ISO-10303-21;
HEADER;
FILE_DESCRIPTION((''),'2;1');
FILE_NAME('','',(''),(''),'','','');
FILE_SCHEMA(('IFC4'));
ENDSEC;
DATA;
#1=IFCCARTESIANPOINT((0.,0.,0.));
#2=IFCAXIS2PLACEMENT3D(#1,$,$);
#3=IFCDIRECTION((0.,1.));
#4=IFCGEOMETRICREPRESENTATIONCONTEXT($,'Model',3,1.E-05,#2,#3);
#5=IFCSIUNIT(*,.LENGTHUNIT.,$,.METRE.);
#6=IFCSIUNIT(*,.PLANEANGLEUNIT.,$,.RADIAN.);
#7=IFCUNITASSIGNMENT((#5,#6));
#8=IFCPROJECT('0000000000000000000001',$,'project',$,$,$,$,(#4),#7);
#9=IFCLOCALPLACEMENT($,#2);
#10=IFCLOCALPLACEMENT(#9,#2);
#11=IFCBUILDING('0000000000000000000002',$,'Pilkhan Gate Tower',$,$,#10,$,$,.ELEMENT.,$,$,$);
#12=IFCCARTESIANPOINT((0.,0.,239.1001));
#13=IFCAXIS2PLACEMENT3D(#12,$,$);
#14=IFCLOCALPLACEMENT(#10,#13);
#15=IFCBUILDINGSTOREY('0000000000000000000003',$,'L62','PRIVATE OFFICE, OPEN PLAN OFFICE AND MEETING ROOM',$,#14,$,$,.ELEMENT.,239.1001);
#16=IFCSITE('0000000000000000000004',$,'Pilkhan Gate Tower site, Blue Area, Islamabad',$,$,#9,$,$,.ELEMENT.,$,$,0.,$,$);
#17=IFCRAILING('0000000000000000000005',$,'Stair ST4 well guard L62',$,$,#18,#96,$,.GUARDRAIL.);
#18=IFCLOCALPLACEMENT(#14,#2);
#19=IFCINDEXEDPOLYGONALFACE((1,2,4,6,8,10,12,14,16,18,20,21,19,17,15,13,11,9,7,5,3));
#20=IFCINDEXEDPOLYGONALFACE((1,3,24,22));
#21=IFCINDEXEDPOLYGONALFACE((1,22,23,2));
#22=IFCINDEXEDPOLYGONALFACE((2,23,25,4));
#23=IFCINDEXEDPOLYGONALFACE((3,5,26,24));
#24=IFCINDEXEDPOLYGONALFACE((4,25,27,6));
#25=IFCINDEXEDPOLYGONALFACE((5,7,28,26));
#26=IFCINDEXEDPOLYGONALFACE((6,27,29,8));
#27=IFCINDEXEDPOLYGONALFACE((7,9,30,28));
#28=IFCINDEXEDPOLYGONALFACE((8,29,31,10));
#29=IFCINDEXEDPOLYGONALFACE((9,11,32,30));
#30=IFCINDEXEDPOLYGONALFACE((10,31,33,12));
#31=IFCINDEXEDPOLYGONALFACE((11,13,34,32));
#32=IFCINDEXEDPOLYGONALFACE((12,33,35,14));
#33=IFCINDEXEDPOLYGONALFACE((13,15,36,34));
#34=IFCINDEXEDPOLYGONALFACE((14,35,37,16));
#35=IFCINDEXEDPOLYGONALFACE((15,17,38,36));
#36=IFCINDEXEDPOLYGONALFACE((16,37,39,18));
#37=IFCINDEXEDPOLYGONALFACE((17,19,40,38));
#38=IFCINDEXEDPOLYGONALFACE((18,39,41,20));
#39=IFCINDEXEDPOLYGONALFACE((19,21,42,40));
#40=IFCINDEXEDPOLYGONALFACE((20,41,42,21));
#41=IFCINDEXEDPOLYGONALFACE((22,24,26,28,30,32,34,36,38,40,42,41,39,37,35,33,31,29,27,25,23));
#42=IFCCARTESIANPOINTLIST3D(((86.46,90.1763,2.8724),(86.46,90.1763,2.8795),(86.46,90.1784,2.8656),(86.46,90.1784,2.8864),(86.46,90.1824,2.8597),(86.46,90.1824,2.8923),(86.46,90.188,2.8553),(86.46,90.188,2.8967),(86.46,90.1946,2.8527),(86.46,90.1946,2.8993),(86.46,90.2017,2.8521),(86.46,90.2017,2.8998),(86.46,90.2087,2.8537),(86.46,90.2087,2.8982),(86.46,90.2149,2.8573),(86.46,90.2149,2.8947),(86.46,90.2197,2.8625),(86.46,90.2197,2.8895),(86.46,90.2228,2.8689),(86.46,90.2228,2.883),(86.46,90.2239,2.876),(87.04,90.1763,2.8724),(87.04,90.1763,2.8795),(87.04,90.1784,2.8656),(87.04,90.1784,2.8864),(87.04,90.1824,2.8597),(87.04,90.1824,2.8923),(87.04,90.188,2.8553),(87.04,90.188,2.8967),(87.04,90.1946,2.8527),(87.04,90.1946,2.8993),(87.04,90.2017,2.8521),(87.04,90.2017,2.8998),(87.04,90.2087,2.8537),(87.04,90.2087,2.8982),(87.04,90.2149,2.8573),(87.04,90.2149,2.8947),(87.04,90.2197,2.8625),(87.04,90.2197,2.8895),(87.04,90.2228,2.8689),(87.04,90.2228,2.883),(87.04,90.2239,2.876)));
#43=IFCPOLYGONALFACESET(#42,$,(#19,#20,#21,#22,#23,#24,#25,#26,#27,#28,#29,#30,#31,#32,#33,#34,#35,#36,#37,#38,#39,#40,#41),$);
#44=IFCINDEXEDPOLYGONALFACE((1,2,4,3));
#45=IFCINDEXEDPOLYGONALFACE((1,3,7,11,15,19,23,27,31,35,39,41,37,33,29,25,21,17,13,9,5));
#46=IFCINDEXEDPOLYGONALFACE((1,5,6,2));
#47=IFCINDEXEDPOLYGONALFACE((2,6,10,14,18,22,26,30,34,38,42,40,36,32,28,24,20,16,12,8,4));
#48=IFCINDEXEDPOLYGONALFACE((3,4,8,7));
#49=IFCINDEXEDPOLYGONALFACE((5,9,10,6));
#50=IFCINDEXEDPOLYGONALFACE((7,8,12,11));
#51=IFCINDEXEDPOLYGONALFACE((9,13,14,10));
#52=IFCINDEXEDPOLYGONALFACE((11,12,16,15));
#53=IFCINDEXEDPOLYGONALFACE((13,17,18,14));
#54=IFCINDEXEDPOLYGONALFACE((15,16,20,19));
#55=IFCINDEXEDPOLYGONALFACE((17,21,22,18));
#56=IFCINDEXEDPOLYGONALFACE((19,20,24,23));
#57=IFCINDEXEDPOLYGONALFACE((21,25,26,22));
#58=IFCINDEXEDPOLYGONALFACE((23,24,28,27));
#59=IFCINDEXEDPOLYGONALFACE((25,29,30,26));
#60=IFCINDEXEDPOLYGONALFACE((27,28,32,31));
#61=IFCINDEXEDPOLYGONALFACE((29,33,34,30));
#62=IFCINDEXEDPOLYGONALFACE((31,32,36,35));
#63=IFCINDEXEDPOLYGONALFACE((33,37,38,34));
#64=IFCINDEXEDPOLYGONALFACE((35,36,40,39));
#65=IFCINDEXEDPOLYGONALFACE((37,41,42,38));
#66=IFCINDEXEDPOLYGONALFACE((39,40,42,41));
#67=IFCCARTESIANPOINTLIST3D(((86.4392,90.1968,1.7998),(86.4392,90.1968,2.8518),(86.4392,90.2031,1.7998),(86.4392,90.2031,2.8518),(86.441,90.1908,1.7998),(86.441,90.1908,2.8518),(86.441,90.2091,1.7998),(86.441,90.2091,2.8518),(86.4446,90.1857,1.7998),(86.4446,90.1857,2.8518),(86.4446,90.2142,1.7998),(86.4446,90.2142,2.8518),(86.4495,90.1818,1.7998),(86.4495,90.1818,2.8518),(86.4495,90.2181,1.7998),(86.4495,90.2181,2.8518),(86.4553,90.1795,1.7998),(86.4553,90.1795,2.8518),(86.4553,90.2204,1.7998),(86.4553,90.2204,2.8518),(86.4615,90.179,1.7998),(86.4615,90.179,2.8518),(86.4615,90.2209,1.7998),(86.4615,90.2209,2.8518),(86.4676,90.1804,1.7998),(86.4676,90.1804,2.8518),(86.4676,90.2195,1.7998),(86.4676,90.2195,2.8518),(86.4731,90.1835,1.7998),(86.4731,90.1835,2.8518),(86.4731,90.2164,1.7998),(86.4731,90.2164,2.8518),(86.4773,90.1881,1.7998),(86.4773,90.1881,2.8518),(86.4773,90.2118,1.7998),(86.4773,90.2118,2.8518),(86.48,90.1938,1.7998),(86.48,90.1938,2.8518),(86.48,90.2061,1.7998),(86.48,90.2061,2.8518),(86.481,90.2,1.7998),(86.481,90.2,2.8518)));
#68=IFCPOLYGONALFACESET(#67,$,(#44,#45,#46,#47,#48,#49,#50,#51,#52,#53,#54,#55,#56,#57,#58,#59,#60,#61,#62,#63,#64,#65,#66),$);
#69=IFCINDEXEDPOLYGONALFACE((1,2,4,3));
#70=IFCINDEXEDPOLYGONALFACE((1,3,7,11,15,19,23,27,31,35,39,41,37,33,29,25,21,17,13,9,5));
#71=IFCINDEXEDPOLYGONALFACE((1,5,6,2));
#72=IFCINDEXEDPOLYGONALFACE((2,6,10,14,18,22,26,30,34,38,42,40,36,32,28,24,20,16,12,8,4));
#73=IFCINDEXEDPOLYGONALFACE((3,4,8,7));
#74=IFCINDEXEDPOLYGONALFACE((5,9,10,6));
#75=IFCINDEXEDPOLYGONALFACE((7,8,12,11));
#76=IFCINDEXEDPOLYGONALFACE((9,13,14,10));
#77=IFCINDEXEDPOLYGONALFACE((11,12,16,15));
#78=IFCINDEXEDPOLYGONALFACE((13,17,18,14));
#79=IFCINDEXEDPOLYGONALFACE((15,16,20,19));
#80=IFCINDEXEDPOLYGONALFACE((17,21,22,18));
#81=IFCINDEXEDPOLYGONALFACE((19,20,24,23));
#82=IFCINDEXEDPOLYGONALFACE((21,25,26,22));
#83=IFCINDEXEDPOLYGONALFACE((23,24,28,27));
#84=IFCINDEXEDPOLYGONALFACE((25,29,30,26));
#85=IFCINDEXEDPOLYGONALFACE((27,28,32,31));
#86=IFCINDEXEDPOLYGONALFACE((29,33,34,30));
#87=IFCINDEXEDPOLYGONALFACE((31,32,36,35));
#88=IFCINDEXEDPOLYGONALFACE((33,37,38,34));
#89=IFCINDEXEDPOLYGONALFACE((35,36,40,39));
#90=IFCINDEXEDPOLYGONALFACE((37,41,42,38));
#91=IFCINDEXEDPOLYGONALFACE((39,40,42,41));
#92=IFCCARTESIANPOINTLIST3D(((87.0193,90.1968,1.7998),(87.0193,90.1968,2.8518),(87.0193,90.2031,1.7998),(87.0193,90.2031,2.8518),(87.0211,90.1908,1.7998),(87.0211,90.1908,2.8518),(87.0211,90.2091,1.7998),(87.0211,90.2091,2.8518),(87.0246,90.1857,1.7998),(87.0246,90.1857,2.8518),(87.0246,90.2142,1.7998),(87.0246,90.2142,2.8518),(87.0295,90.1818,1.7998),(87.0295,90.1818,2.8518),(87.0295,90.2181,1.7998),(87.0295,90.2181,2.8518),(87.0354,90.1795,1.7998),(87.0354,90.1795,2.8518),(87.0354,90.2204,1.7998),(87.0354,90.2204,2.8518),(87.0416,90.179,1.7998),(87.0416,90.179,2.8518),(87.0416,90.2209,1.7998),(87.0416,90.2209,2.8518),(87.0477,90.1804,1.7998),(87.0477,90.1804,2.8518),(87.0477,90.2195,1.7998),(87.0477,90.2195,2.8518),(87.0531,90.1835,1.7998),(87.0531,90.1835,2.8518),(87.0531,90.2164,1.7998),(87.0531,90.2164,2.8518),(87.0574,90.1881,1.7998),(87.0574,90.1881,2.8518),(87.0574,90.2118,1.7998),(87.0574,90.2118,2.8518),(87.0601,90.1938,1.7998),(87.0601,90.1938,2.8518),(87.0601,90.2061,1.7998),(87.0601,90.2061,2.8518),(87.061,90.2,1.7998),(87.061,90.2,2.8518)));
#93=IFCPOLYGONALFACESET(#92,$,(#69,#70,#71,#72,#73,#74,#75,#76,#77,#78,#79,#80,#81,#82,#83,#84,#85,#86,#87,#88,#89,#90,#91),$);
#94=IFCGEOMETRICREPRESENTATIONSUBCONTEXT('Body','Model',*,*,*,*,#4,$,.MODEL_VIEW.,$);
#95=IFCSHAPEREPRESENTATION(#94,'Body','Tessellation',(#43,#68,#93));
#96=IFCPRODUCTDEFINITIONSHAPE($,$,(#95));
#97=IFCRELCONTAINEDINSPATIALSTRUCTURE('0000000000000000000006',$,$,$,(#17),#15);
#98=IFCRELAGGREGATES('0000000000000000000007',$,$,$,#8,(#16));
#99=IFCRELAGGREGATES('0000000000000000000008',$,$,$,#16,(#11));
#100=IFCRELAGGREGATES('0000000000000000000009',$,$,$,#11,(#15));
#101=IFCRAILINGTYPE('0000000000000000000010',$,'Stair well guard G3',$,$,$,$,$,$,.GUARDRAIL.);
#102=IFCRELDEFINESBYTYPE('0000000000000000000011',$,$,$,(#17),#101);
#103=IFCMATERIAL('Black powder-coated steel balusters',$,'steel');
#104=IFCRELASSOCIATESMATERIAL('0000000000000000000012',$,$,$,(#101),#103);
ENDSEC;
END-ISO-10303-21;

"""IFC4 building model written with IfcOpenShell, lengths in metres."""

from ifc_helpers import new_model, si_unit, direction, frame, origin, origin_2d, place, context, subcontext, project, spatial, circle, extrude, material, type_object, element, save


model = new_model("IFC4")

# Units and contexts
model_context = context("Model", 3, precision=1e-05, world=origin(), true_north=direction((0.0, 1.0)))
body_context = subcontext(model_context, "Body", "Model", "MODEL_VIEW")
ifc_project = project(units=[si_unit("LENGTHUNIT", "METRE"), si_unit("PLANEANGLEUNIT", "RADIAN")], contexts=[model_context])

# Site, building, storey
site_placement = place(None, origin())
site = spatial("IfcSite", under=ifc_project, at=site_placement, Name="Pilkhan Gate Tower site, Blue Area, Islamabad", CompositionType="ELEMENT", RefElevation=0.0)
building_placement = place(site_placement, origin())
building = spatial("IfcBuilding", under=site, at=building_placement, Name="Pilkhan Gate Tower", CompositionType="ELEMENT")
storey_placement = place(building_placement, frame((0.0, 0.0, 239.1001)))
storey = spatial("IfcBuildingStorey", under=building, at=storey_placement, Name="L62", Description="PRIVATE OFFICE, OPEN PLAN OFFICE AND MEETING ROOM", CompositionType="ELEMENT", Elevation=239.1001)

# Railing
ifc_material_1 = material(Name="Black powder-coated steel balusters", Category="steel")
railing_type_1 = type_object("IfcRailingType", Name="Stair well guard G3", PredefinedType="GUARDRAIL", material=ifc_material_1)
for number, where, name in (
    (1, (86.46, 90.2, 1.7998), "Stair ST4 well guard L62"),
):
    element("IfcRailing", number, at=place(storey_placement, frame(where)), inside=storey, type_object=railing_type_1, Name=name, PredefinedType="GUARDRAIL", context=body_context, shape_type="SweptSolid", body=[
        extrude(circle(Radius=0.0239, at=origin_2d()), frame((0.0, 0.0, 1.0762), z_axis=(1.0, 0.0, 0.0), x_axis=(0.0, 1.0, 0.0)), (0.0, 0.0, 1.0), 0.5801),
        extrude(circle(Radius=0.021, at=origin_2d()), origin(), (0.0, 0.0, 1.0), 1.052),
        extrude(circle(Radius=0.021, at=origin_2d()), frame((0.5801, 0.0, 0.0)), (0.0, 0.0, 1.0), 1.052),
    ])

save(model, "model.ifc")
